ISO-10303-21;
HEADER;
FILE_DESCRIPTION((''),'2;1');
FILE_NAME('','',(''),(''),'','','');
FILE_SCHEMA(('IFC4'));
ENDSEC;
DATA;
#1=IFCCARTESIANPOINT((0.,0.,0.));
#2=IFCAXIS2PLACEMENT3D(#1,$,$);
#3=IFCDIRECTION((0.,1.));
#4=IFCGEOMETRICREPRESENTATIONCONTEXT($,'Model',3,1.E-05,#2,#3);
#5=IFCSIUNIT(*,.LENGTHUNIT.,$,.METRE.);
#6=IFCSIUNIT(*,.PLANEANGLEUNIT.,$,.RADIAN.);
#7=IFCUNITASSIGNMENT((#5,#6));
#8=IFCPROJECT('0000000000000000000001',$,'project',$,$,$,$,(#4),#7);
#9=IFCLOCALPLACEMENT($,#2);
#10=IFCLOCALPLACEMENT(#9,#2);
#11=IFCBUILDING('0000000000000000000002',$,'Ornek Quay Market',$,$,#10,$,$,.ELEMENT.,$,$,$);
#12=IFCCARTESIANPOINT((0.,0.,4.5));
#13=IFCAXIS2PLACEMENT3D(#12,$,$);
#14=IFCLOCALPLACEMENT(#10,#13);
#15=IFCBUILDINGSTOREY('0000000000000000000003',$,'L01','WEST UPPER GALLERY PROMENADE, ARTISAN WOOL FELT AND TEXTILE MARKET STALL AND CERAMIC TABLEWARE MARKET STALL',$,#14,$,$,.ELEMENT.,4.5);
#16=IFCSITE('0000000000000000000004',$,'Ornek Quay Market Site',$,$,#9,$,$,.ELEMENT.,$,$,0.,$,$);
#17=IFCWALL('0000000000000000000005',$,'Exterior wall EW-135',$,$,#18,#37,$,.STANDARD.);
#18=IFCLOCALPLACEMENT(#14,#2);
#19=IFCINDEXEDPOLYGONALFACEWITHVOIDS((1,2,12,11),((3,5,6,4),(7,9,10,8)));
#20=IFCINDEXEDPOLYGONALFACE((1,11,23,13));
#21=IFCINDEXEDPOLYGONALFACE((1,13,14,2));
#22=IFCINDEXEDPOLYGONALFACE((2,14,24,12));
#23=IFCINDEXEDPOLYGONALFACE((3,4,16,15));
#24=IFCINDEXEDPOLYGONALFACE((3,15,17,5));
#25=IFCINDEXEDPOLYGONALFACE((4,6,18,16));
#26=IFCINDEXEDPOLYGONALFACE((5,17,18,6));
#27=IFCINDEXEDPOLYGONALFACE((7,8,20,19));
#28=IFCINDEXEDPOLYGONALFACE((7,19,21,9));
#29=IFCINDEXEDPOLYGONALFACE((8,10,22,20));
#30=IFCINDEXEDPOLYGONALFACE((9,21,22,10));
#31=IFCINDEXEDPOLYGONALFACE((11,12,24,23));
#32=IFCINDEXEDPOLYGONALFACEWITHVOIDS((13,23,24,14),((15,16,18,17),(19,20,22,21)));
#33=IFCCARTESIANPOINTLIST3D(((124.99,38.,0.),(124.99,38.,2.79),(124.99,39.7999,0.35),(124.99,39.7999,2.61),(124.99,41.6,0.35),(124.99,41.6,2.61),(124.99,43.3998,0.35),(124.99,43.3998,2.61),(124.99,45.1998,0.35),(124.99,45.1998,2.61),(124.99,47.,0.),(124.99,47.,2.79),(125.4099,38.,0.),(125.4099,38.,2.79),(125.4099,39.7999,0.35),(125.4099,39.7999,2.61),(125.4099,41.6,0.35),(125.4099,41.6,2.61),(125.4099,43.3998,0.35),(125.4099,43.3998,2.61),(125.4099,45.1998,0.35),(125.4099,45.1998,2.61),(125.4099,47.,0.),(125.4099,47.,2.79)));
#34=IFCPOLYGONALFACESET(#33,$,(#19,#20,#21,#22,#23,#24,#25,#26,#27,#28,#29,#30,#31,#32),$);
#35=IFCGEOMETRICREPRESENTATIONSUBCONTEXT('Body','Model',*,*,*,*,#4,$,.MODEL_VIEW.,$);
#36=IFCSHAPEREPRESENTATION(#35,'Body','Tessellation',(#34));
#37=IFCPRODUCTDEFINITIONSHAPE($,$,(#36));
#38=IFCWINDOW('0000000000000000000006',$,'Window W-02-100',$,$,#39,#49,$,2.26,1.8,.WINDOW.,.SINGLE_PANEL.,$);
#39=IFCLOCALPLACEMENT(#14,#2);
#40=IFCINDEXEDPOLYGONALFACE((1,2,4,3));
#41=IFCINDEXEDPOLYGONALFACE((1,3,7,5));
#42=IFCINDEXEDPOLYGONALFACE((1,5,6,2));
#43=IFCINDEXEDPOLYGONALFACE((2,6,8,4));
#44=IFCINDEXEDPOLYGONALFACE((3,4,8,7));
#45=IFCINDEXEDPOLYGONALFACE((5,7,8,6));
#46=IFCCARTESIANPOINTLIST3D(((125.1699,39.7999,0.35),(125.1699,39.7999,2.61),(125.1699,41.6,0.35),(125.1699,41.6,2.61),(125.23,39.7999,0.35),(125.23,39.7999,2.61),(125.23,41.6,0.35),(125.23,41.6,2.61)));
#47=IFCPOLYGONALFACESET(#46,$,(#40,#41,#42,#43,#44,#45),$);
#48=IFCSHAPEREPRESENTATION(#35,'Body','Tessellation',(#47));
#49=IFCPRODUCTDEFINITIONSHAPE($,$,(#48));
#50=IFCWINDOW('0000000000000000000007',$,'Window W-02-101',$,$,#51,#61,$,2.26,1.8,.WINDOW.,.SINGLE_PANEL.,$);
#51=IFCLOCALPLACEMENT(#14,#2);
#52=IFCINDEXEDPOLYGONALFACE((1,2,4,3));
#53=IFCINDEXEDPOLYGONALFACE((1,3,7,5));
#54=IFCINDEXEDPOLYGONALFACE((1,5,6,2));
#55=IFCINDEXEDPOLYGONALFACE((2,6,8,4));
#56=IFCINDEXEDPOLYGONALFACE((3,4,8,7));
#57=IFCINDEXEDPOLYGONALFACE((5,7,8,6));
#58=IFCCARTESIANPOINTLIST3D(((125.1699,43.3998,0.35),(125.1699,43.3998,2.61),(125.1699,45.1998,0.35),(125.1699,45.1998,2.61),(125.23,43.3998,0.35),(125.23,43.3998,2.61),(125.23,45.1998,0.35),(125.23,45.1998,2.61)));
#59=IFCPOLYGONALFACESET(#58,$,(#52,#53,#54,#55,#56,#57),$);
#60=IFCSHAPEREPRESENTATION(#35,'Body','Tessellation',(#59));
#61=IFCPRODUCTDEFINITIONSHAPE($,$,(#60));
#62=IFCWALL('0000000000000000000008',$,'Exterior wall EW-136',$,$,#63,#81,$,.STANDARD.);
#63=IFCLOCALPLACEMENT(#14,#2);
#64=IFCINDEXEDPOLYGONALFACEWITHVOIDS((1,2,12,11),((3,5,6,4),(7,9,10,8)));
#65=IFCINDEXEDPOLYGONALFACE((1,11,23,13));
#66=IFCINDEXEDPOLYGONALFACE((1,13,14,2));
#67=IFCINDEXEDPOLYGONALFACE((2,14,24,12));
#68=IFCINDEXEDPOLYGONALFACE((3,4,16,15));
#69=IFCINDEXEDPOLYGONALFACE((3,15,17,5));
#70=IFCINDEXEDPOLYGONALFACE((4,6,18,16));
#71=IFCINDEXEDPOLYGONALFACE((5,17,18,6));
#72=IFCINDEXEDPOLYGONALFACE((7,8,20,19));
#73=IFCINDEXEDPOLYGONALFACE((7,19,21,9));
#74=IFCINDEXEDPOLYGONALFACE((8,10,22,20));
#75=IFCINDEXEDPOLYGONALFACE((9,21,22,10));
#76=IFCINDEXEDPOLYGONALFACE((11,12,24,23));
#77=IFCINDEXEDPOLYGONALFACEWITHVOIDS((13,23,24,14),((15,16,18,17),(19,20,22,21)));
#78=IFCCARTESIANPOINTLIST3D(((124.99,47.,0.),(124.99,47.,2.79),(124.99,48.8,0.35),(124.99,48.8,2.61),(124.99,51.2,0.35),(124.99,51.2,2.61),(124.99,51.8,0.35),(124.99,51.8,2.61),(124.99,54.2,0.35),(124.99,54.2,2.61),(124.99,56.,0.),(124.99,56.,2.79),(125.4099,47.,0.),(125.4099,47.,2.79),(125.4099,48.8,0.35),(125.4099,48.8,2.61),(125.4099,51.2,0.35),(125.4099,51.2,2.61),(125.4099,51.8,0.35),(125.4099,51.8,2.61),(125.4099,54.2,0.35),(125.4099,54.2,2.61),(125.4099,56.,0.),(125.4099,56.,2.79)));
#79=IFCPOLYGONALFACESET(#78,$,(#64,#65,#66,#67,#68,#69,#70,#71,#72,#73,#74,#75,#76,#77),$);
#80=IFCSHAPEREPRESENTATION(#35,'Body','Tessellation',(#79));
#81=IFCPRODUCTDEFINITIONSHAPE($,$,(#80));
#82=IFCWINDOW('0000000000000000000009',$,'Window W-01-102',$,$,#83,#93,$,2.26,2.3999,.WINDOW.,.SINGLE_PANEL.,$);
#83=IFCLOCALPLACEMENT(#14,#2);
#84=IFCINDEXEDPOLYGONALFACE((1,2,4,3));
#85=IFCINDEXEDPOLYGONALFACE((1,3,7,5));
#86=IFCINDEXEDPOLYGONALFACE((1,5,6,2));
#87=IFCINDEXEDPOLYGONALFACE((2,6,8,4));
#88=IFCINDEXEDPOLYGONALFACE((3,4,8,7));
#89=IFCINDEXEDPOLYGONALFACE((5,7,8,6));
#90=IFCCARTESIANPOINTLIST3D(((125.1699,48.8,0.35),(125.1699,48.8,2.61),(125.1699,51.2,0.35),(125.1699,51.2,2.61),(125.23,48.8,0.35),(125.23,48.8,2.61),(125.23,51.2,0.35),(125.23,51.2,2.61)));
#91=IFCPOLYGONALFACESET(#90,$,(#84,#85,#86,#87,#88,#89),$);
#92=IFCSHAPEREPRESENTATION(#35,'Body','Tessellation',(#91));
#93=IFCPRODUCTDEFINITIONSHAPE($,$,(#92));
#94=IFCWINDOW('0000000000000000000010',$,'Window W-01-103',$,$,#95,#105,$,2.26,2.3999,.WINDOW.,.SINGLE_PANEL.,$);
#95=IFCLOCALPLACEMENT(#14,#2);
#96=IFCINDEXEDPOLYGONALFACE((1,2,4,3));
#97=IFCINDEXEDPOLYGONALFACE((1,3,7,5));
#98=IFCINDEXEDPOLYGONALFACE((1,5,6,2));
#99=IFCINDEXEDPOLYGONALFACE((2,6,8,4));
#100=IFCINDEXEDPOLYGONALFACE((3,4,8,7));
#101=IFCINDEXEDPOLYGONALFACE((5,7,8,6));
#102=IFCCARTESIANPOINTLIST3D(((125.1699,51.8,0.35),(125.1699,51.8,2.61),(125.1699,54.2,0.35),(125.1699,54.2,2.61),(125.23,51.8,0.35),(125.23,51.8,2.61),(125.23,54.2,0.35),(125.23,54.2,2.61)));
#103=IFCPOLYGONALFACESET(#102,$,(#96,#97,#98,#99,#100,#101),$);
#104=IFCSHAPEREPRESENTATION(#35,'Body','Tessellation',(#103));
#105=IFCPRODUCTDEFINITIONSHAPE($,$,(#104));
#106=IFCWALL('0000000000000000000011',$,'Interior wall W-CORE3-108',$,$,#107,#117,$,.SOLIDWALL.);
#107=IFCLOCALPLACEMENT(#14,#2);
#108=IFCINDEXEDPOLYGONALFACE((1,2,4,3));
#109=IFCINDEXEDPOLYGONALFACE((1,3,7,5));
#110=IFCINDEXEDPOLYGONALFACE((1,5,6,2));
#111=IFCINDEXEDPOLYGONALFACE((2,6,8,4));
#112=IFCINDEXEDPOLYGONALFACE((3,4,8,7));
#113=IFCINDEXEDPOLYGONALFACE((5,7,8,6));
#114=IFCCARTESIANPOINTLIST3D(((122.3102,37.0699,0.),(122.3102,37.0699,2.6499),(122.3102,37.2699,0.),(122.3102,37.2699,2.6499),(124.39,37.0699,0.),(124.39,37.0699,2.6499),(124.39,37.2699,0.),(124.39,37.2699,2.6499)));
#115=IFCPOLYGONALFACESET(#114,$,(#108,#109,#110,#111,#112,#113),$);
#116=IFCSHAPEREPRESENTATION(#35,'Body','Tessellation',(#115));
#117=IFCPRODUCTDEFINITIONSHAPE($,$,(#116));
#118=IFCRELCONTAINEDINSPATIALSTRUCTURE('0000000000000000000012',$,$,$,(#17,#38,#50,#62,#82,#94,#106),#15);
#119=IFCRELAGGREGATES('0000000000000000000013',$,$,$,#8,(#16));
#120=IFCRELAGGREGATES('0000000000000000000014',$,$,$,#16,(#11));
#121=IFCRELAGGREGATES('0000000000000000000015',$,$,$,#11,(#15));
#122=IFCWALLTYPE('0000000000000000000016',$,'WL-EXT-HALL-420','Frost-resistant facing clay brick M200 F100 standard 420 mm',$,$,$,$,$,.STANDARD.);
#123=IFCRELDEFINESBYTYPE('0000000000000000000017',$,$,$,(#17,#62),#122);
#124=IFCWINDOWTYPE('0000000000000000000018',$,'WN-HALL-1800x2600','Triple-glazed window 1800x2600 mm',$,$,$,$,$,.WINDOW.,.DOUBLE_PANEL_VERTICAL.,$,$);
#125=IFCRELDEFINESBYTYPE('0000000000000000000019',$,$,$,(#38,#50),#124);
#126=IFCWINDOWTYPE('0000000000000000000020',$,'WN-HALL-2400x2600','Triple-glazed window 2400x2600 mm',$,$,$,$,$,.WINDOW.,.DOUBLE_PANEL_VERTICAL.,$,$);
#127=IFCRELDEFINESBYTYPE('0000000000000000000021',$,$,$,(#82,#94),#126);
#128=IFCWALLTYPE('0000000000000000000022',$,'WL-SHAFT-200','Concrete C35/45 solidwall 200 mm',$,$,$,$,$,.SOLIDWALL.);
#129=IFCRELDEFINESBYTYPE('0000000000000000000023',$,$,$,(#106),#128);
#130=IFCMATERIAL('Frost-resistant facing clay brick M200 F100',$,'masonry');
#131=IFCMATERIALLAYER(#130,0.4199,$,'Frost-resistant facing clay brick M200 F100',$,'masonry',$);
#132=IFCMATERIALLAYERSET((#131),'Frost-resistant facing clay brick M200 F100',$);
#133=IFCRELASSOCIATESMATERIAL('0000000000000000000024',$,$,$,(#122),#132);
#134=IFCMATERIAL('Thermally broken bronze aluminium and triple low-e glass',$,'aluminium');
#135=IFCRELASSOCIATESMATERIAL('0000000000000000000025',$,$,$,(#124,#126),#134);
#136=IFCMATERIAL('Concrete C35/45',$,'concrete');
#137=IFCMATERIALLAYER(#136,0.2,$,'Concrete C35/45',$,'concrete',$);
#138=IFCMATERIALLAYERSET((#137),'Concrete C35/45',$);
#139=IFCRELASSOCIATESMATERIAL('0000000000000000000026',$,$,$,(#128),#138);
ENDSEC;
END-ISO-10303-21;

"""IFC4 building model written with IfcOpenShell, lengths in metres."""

from ifc_helpers import new_model, si_unit, direction, frame, frame_2d, origin, place, context, subcontext, project, spatial, rectangle, extrude, material, layer, layer_set, type_object, element, fill, save


model = new_model("IFC4")

# Units and contexts
model_context = context("Model", 3, precision=1e-05, world=origin(), true_north=direction((0.0, 1.0)))
body_context = subcontext(model_context, "Body", "Model", "MODEL_VIEW")
ifc_project = project(units=[si_unit("LENGTHUNIT", "METRE"), si_unit("PLANEANGLEUNIT", "RADIAN")], contexts=[model_context])

# Site, building, storey
site_placement = place(None, origin())
site = spatial("IfcSite", under=ifc_project, at=site_placement, Name="Ornek Quay Market Site", CompositionType="ELEMENT", RefElevation=0.0)
building_placement = place(site_placement, origin())
building = spatial("IfcBuilding", under=site, at=building_placement, Name="Ornek Quay Market", CompositionType="ELEMENT")
storey_placement = place(building_placement, frame((0.0, 0.0, 4.5)))
storey = spatial("IfcBuildingStorey", under=building, at=storey_placement, Name="L01", Description="WEST UPPER GALLERY PROMENADE, ARTISAN WOOL FELT AND TEXTILE MARKET STALL AND CERAMIC TABLEWARE MARKET STALL", CompositionType="ELEMENT", Elevation=4.5)

# Shared definitions
ifc_material_1 = material(Name="Concrete C35/45", Category="concrete")

# Walls, openings, windows
ifc_material_2 = material(Name="Frost-resistant facing clay brick M200 F100", Category="masonry")
ifc_layer_1 = layer(ifc_material_2, 0.4199, Name="Frost-resistant facing clay brick M200 F100", Category="masonry")
ifc_layer_set_1 = layer_set([ifc_layer_1], Name="Frost-resistant facing clay brick M200 F100")
wall_type_1 = type_object("IfcWallType", Name="WL-EXT-HALL-420", Description="Frost-resistant facing clay brick M200 F100 standard 420 mm", PredefinedType="STANDARD", material=ifc_layer_set_1)
wall_1_placement = place(storey_placement, frame((125.2, 38.0, 0.0), z_axis=(0.0, 0.0, 1.0), x_axis=(0.0, 1.0, 0.0)))
wall_1 = element("IfcWall", 1, at=wall_1_placement, inside=storey, type_object=wall_type_1, Name="Exterior wall EW-135", PredefinedType="STANDARD", context=body_context, shape_type="SweptSolid", body=[
    extrude(rectangle(XDim=9.0, YDim=0.4199, at=frame_2d((4.5, 0.0))), origin(), (0.0, 0.0, 1.0), 2.79),
])
opening_1_placement = place(wall_1_placement, frame((1.8, 0.0, 0.3501)))
opening_1 = element("IfcOpeningElement", 2, at=opening_1_placement, cuts=wall_1, PredefinedType="OPENING", context=body_context, shape_type="SweptSolid", body=[
    extrude(rectangle(XDim=1.8, YDim=2.26, at=frame_2d((0.8999, 1.1299))), frame((0.0, 0.22, 0.0), z_axis=(0.0, -1.0, 0.0), x_axis=(1.0, 0.0, 0.0)), (0.0, 0.0, 1.0), 0.4399),
])
opening_2_placement = place(wall_1_placement, frame((5.3999, 0.0, 0.3501)))
opening_2 = element("IfcOpeningElement", 3, at=opening_2_placement, cuts=wall_1, PredefinedType="OPENING", context=body_context, shape_type="SweptSolid", body=[
    extrude(rectangle(XDim=1.8, YDim=2.26, at=frame_2d((0.8999, 1.1299))), frame((0.0, 0.22, 0.0), z_axis=(0.0, -1.0, 0.0), x_axis=(1.0, 0.0, 0.0)), (0.0, 0.0, 1.0), 0.4399),
])
ifc_material_3 = material(Name="Thermally broken bronze aluminium and triple low-e glass", Category="aluminium")
window_type_1 = type_object("IfcWindowType", Name="WN-HALL-1800x2600", Description="Triple-glazed window 1800x2600 mm", PartitioningType="DOUBLE_PANEL_VERTICAL", PredefinedType="WINDOW", material=ifc_material_3)
window_1_placement = place(opening_1_placement, origin())
window_1 = element("IfcWindow", 4, at=window_1_placement, inside=storey, type_object=window_type_1, Name="Window W-02-100", OverallHeight=2.26, OverallWidth=1.8, PartitioningType="SINGLE_PANEL", PredefinedType="WINDOW", context=body_context, shape_type="SweptSolid", body=[
    extrude(rectangle(XDim=1.8, YDim=2.26, at=frame_2d((0.8999, 1.1299))), frame((0.0, 0.03, 0.0), z_axis=(0.0, -1.0, 0.0), x_axis=(1.0, 0.0, 0.0)), (0.0, 0.0, 1.0), 0.0601),
])
fill(opening_1, window_1)
window_2_placement = place(opening_2_placement, origin())
window_2 = element("IfcWindow", 5, at=window_2_placement, inside=storey, type_object=window_type_1, Name="Window W-02-101", OverallHeight=2.26, OverallWidth=1.8, PartitioningType="SINGLE_PANEL", PredefinedType="WINDOW", context=body_context, shape_type="SweptSolid", body=[
    extrude(rectangle(XDim=1.8, YDim=2.26, at=frame_2d((0.8999, 1.1299))), frame((0.0, 0.03, 0.0), z_axis=(0.0, -1.0, 0.0), x_axis=(1.0, 0.0, 0.0)), (0.0, 0.0, 1.0), 0.0601),
])
fill(opening_2, window_2)
wall_2_placement = place(storey_placement, frame((125.2, 47.0, 0.0), z_axis=(0.0, 0.0, 1.0), x_axis=(0.0, 1.0, 0.0)))
wall_2 = element("IfcWall", 6, at=wall_2_placement, inside=storey, type_object=wall_type_1, Name="Exterior wall EW-136", PredefinedType="STANDARD", context=body_context, shape_type="SweptSolid", body=[
    extrude(rectangle(XDim=9.0, YDim=0.4199, at=frame_2d((4.5, 0.0))), origin(), (0.0, 0.0, 1.0), 2.79),
])
opening_3_placement = place(wall_2_placement, frame((1.8, 0.0, 0.3501)))
opening_3 = element("IfcOpeningElement", 7, at=opening_3_placement, cuts=wall_2, PredefinedType="OPENING", context=body_context, shape_type="SweptSolid", body=[
    extrude(rectangle(XDim=2.3999, YDim=2.26, at=frame_2d((1.2, 1.1299))), frame((0.0, 0.22, 0.0), z_axis=(0.0, -1.0, 0.0), x_axis=(1.0, 0.0, 0.0)), (0.0, 0.0, 1.0), 0.4399),
])
opening_4_placement = place(wall_2_placement, frame((4.8, 0.0, 0.3501)))
opening_4 = element("IfcOpeningElement", 8, at=opening_4_placement, cuts=wall_2, PredefinedType="OPENING", context=body_context, shape_type="SweptSolid", body=[
    extrude(rectangle(XDim=2.3999, YDim=2.26, at=frame_2d((1.2, 1.1299))), frame((0.0, 0.22, 0.0), z_axis=(0.0, -1.0, 0.0), x_axis=(1.0, 0.0, 0.0)), (0.0, 0.0, 1.0), 0.4399),
])
window_type_2 = type_object("IfcWindowType", Name="WN-HALL-2400x2600", Description="Triple-glazed window 2400x2600 mm", PartitioningType="DOUBLE_PANEL_VERTICAL", PredefinedType="WINDOW", material=ifc_material_3)
window_3_placement = place(opening_3_placement, origin())
window_3 = element("IfcWindow", 9, at=window_3_placement, inside=storey, type_object=window_type_2, Name="Window W-01-102", OverallHeight=2.26, OverallWidth=2.3999, PartitioningType="SINGLE_PANEL", PredefinedType="WINDOW", context=body_context, shape_type="SweptSolid", body=[
    extrude(rectangle(XDim=2.3999, YDim=2.26, at=frame_2d((1.2, 1.1299))), frame((0.0, 0.03, 0.0), z_axis=(0.0, -1.0, 0.0), x_axis=(1.0, 0.0, 0.0)), (0.0, 0.0, 1.0), 0.0601),
])
fill(opening_3, window_3)
window_4_placement = place(opening_4_placement, origin())
window_4 = element("IfcWindow", 10, at=window_4_placement, inside=storey, type_object=window_type_2, Name="Window W-01-103", OverallHeight=2.26, OverallWidth=2.3999, PartitioningType="SINGLE_PANEL", PredefinedType="WINDOW", context=body_context, shape_type="SweptSolid", body=[
    extrude(rectangle(XDim=2.3999, YDim=2.26, at=frame_2d((1.2, 1.1299))), frame((0.0, 0.03, 0.0), z_axis=(0.0, -1.0, 0.0), x_axis=(1.0, 0.0, 0.0)), (0.0, 0.0, 1.0), 0.0601),
])
fill(opening_4, window_4)

# Wall
ifc_layer_2 = layer(ifc_material_1, 0.2, Name="Concrete C35/45", Category="concrete")
ifc_layer_set_2 = layer_set([ifc_layer_2], Name="Concrete C35/45")
wall_type_2 = type_object("IfcWallType", Name="WL-SHAFT-200", Description="Concrete C35/45 solidwall 200 mm", PredefinedType="SOLIDWALL", material=ifc_layer_set_2)
wall_3_placement = place(storey_placement, frame((122.3101, 37.1699, 0.0), z_axis=(0.0, 0.0, 1.0), x_axis=(1.0, 0.0, 0.0)))
element("IfcWall", 11, at=wall_3_placement, inside=storey, type_object=wall_type_2, Name="Interior wall W-CORE3-108", PredefinedType="SOLIDWALL", context=body_context, shape_type="SweptSolid", body=[
    extrude(rectangle(XDim=2.0798, YDim=0.2, at=frame_2d((1.04, 0.0))), origin(), (0.0, 0.0, 1.0), 2.6499),
])

save(model, "model.ifc")
